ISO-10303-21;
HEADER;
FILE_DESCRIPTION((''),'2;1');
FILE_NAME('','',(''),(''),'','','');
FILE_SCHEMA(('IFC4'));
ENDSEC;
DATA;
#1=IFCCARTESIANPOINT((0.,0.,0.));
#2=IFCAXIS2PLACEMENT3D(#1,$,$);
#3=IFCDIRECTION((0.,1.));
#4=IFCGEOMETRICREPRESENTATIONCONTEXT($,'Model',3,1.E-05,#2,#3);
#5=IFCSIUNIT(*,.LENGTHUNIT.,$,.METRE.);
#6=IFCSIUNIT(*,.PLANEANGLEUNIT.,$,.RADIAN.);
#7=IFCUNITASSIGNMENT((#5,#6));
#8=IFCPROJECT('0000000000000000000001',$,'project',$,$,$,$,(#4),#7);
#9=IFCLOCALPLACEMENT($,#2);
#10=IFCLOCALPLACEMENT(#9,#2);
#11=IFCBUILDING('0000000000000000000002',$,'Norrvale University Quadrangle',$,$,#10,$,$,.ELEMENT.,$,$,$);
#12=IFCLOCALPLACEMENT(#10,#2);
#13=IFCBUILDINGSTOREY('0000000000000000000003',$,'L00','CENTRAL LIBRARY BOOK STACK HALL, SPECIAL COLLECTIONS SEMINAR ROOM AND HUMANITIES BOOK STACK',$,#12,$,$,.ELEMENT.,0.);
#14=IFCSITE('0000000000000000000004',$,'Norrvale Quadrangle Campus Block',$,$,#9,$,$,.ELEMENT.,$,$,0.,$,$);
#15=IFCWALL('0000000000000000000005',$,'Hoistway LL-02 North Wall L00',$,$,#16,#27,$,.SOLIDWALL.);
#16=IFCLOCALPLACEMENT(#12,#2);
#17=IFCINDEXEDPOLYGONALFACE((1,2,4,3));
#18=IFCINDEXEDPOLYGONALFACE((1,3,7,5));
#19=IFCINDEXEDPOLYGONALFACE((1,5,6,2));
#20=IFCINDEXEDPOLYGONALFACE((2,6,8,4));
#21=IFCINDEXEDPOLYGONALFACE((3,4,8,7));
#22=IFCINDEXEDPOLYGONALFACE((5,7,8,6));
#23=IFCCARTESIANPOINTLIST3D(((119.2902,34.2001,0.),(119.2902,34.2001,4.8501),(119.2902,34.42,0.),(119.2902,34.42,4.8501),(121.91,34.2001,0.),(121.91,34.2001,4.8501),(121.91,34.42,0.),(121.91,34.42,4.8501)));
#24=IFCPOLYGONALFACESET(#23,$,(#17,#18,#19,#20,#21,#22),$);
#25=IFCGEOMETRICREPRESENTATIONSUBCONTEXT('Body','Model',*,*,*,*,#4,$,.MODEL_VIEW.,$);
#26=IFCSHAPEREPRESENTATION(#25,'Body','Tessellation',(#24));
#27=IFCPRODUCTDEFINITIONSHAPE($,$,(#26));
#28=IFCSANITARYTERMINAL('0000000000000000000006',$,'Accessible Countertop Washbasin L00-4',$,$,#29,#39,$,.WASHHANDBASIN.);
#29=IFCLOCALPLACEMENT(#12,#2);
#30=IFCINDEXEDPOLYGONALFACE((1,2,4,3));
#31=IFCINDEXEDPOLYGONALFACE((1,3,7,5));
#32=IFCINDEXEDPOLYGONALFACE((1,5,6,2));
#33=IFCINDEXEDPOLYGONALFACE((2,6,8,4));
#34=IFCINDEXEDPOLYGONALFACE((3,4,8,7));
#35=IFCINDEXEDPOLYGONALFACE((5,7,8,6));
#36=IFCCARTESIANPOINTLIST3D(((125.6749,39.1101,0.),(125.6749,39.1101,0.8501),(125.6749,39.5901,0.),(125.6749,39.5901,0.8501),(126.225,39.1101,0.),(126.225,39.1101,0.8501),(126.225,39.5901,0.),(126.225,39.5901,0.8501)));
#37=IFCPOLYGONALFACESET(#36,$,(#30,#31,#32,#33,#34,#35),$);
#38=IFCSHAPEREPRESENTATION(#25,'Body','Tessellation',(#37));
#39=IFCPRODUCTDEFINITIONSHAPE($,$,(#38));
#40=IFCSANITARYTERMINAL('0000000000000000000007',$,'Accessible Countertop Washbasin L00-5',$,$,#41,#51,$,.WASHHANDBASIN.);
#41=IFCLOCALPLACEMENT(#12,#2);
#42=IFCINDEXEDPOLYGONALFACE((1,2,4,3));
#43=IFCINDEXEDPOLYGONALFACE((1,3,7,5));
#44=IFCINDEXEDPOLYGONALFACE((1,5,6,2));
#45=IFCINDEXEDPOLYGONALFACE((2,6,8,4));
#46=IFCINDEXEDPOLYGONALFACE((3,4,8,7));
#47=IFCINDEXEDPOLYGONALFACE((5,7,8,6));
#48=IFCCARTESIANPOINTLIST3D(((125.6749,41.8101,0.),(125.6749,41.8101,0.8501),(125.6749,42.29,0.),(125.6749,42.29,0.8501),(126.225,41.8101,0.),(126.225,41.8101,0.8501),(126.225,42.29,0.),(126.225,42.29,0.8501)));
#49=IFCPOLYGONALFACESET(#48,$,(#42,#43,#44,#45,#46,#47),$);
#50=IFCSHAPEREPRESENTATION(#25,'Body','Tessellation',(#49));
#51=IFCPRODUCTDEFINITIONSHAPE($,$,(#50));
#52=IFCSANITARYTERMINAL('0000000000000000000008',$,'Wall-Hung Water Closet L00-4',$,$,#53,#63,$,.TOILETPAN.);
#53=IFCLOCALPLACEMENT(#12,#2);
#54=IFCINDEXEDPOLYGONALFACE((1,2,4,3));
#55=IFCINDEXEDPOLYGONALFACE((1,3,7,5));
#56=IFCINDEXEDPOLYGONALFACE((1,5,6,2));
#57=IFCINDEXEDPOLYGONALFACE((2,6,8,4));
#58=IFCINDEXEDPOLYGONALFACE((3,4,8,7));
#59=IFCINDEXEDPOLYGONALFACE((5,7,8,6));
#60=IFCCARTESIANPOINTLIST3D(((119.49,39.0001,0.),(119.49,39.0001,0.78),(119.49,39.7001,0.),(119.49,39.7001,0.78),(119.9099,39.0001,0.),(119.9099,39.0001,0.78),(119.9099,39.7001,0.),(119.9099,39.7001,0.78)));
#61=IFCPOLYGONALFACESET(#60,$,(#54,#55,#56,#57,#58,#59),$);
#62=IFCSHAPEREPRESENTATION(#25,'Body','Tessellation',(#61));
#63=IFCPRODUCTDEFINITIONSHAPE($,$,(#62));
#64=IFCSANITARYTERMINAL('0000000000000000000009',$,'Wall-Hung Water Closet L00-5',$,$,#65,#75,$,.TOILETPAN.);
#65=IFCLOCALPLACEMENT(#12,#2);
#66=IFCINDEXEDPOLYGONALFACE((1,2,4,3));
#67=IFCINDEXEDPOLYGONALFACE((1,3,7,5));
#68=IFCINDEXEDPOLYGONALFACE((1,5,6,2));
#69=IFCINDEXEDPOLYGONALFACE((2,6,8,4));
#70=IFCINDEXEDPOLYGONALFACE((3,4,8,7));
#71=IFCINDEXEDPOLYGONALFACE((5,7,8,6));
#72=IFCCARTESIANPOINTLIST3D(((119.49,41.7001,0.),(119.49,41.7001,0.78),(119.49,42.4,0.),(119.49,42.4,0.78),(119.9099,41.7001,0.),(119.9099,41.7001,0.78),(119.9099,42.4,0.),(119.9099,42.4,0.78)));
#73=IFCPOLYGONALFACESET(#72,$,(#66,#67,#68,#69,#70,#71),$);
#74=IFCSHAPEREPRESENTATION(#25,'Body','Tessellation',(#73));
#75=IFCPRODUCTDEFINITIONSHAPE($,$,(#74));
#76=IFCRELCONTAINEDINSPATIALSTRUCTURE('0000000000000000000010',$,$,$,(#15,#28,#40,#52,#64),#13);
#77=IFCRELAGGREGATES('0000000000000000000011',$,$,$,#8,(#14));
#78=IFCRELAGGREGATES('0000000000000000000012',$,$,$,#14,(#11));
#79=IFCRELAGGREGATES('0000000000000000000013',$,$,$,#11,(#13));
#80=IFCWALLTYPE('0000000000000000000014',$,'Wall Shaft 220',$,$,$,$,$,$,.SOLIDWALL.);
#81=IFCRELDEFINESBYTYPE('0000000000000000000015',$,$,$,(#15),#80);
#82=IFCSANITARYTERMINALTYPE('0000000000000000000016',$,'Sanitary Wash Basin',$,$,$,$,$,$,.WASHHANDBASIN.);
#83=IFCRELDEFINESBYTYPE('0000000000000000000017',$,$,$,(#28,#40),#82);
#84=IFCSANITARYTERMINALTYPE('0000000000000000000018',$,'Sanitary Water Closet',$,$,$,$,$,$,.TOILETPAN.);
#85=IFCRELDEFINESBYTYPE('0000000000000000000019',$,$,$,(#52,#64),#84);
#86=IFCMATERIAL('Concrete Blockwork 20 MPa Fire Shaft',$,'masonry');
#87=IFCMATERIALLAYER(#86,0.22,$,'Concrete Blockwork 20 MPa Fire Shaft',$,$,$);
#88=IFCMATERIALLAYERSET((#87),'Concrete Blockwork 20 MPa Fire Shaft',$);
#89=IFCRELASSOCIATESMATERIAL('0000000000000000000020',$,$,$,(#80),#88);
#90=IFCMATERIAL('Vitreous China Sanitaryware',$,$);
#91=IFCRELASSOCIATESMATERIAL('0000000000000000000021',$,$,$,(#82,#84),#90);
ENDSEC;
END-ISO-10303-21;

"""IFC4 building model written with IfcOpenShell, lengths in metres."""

from ifc_helpers import new_model, si_unit, direction, frame, frame_2d, origin, origin_2d, place, context, subcontext, project, spatial, rectangle, extrude, material, layer, layer_set, type_object, element, save


model = new_model("IFC4")

# Units and contexts
model_context = context("Model", 3, precision=1e-05, world=origin(), true_north=direction((0.0, 1.0)))
body_context = subcontext(model_context, "Body", "Model", "MODEL_VIEW")
ifc_project = project(units=[si_unit("LENGTHUNIT", "METRE"), si_unit("PLANEANGLEUNIT", "RADIAN")], contexts=[model_context])

# Site, building, storey
site_placement = place(None, origin())
site = spatial("IfcSite", under=ifc_project, at=site_placement, Name="Norrvale Quadrangle Campus Block", CompositionType="ELEMENT", RefElevation=0.0)
building_placement = place(site_placement, origin())
building = spatial("IfcBuilding", under=site, at=building_placement, Name="Norrvale University Quadrangle", CompositionType="ELEMENT")
storey_placement = place(building_placement, origin())
storey = spatial("IfcBuildingStorey", under=building, at=storey_placement, Name="L00", Description="CENTRAL LIBRARY BOOK STACK HALL, SPECIAL COLLECTIONS SEMINAR ROOM AND HUMANITIES BOOK STACK", CompositionType="ELEMENT", Elevation=0.0)

# Shared definitions
ifc_material_1 = material(Name="Concrete Blockwork 20 MPa Fire Shaft", Category="masonry")
ifc_layer_1 = layer(ifc_material_1, 0.22, Name="Concrete Blockwork 20 MPa Fire Shaft")
ifc_layer_set_1 = layer_set([ifc_layer_1], Name="Concrete Blockwork 20 MPa Fire Shaft")
wall_type_1 = type_object("IfcWallType", Name="Wall Shaft 220", PredefinedType="SOLIDWALL", material=ifc_layer_set_1)

# Wall
for number, where, z_axis, x_axis, name in (
    (1, (119.29, 34.3101, 0.0), (0.0, 0.0, 1.0), (1.0, 0.0, 0.0), "Hoistway LL-02 North Wall L00"),
):
    element("IfcWall", number, at=place(storey_placement, frame(where, z_axis=z_axis, x_axis=x_axis)), inside=storey, type_object=wall_type_1, Name=name, PredefinedType="SOLIDWALL", context=body_context, shape_type="SweptSolid", body=[
        extrude(rectangle(XDim=2.6199, YDim=0.22, at=frame_2d((1.3101, 0.0))), origin(), (0.0, 0.0, 1.0), 4.8501),
    ])

# Sanitary terminals
ifc_material_2 = material(Name="Vitreous China Sanitaryware")
sanitary_terminal_type_1 = type_object("IfcSanitaryTerminalType", Name="Sanitary Wash Basin", PredefinedType="WASHHANDBASIN", material=ifc_material_2)
for number, where, z_axis, x_axis, name in (
    (2, (125.95, 39.3501, 0.0), (0.0, 0.0, 1.0), (1.0, 0.0, 0.0), "Accessible Countertop Washbasin L00-4"),
    (3, (125.95, 42.05, 0.0), (0.0, 0.0, 1.0), (1.0, 0.0, 0.0), "Accessible Countertop Washbasin L00-5"),
):
    element("IfcSanitaryTerminal", number, at=place(storey_placement, frame(where, z_axis=z_axis, x_axis=x_axis)), inside=storey, type_object=sanitary_terminal_type_1, Name=name, PredefinedType="WASHHANDBASIN", context=body_context, shape_type="SweptSolid", body=[
        extrude(rectangle(XDim=0.55, YDim=0.48, at=origin_2d()), origin(), (0.0, 0.0, 1.0), 0.8501),
    ])
sanitary_terminal_type_2 = type_object("IfcSanitaryTerminalType", Name="Sanitary Water Closet", PredefinedType="TOILETPAN", material=ifc_material_2)
for number, where, z_axis, x_axis, name in (
    (4, (119.7, 39.3501, 0.0), (0.0, 0.0, 1.0), (1.0, 0.0, 0.0), "Wall-Hung Water Closet L00-4"),
    (5, (119.7, 42.05, 0.0), (0.0, 0.0, 1.0), (1.0, 0.0, 0.0), "Wall-Hung Water Closet L00-5"),
):
    element("IfcSanitaryTerminal", number, at=place(storey_placement, frame(where, z_axis=z_axis, x_axis=x_axis)), inside=storey, type_object=sanitary_terminal_type_2, Name=name, PredefinedType="TOILETPAN", context=body_context, shape_type="SweptSolid", body=[
        extrude(rectangle(XDim=0.4199, YDim=0.7, at=origin_2d()), origin(), (0.0, 0.0, 1.0), 0.78),
    ])

save(model, "model.ifc")
